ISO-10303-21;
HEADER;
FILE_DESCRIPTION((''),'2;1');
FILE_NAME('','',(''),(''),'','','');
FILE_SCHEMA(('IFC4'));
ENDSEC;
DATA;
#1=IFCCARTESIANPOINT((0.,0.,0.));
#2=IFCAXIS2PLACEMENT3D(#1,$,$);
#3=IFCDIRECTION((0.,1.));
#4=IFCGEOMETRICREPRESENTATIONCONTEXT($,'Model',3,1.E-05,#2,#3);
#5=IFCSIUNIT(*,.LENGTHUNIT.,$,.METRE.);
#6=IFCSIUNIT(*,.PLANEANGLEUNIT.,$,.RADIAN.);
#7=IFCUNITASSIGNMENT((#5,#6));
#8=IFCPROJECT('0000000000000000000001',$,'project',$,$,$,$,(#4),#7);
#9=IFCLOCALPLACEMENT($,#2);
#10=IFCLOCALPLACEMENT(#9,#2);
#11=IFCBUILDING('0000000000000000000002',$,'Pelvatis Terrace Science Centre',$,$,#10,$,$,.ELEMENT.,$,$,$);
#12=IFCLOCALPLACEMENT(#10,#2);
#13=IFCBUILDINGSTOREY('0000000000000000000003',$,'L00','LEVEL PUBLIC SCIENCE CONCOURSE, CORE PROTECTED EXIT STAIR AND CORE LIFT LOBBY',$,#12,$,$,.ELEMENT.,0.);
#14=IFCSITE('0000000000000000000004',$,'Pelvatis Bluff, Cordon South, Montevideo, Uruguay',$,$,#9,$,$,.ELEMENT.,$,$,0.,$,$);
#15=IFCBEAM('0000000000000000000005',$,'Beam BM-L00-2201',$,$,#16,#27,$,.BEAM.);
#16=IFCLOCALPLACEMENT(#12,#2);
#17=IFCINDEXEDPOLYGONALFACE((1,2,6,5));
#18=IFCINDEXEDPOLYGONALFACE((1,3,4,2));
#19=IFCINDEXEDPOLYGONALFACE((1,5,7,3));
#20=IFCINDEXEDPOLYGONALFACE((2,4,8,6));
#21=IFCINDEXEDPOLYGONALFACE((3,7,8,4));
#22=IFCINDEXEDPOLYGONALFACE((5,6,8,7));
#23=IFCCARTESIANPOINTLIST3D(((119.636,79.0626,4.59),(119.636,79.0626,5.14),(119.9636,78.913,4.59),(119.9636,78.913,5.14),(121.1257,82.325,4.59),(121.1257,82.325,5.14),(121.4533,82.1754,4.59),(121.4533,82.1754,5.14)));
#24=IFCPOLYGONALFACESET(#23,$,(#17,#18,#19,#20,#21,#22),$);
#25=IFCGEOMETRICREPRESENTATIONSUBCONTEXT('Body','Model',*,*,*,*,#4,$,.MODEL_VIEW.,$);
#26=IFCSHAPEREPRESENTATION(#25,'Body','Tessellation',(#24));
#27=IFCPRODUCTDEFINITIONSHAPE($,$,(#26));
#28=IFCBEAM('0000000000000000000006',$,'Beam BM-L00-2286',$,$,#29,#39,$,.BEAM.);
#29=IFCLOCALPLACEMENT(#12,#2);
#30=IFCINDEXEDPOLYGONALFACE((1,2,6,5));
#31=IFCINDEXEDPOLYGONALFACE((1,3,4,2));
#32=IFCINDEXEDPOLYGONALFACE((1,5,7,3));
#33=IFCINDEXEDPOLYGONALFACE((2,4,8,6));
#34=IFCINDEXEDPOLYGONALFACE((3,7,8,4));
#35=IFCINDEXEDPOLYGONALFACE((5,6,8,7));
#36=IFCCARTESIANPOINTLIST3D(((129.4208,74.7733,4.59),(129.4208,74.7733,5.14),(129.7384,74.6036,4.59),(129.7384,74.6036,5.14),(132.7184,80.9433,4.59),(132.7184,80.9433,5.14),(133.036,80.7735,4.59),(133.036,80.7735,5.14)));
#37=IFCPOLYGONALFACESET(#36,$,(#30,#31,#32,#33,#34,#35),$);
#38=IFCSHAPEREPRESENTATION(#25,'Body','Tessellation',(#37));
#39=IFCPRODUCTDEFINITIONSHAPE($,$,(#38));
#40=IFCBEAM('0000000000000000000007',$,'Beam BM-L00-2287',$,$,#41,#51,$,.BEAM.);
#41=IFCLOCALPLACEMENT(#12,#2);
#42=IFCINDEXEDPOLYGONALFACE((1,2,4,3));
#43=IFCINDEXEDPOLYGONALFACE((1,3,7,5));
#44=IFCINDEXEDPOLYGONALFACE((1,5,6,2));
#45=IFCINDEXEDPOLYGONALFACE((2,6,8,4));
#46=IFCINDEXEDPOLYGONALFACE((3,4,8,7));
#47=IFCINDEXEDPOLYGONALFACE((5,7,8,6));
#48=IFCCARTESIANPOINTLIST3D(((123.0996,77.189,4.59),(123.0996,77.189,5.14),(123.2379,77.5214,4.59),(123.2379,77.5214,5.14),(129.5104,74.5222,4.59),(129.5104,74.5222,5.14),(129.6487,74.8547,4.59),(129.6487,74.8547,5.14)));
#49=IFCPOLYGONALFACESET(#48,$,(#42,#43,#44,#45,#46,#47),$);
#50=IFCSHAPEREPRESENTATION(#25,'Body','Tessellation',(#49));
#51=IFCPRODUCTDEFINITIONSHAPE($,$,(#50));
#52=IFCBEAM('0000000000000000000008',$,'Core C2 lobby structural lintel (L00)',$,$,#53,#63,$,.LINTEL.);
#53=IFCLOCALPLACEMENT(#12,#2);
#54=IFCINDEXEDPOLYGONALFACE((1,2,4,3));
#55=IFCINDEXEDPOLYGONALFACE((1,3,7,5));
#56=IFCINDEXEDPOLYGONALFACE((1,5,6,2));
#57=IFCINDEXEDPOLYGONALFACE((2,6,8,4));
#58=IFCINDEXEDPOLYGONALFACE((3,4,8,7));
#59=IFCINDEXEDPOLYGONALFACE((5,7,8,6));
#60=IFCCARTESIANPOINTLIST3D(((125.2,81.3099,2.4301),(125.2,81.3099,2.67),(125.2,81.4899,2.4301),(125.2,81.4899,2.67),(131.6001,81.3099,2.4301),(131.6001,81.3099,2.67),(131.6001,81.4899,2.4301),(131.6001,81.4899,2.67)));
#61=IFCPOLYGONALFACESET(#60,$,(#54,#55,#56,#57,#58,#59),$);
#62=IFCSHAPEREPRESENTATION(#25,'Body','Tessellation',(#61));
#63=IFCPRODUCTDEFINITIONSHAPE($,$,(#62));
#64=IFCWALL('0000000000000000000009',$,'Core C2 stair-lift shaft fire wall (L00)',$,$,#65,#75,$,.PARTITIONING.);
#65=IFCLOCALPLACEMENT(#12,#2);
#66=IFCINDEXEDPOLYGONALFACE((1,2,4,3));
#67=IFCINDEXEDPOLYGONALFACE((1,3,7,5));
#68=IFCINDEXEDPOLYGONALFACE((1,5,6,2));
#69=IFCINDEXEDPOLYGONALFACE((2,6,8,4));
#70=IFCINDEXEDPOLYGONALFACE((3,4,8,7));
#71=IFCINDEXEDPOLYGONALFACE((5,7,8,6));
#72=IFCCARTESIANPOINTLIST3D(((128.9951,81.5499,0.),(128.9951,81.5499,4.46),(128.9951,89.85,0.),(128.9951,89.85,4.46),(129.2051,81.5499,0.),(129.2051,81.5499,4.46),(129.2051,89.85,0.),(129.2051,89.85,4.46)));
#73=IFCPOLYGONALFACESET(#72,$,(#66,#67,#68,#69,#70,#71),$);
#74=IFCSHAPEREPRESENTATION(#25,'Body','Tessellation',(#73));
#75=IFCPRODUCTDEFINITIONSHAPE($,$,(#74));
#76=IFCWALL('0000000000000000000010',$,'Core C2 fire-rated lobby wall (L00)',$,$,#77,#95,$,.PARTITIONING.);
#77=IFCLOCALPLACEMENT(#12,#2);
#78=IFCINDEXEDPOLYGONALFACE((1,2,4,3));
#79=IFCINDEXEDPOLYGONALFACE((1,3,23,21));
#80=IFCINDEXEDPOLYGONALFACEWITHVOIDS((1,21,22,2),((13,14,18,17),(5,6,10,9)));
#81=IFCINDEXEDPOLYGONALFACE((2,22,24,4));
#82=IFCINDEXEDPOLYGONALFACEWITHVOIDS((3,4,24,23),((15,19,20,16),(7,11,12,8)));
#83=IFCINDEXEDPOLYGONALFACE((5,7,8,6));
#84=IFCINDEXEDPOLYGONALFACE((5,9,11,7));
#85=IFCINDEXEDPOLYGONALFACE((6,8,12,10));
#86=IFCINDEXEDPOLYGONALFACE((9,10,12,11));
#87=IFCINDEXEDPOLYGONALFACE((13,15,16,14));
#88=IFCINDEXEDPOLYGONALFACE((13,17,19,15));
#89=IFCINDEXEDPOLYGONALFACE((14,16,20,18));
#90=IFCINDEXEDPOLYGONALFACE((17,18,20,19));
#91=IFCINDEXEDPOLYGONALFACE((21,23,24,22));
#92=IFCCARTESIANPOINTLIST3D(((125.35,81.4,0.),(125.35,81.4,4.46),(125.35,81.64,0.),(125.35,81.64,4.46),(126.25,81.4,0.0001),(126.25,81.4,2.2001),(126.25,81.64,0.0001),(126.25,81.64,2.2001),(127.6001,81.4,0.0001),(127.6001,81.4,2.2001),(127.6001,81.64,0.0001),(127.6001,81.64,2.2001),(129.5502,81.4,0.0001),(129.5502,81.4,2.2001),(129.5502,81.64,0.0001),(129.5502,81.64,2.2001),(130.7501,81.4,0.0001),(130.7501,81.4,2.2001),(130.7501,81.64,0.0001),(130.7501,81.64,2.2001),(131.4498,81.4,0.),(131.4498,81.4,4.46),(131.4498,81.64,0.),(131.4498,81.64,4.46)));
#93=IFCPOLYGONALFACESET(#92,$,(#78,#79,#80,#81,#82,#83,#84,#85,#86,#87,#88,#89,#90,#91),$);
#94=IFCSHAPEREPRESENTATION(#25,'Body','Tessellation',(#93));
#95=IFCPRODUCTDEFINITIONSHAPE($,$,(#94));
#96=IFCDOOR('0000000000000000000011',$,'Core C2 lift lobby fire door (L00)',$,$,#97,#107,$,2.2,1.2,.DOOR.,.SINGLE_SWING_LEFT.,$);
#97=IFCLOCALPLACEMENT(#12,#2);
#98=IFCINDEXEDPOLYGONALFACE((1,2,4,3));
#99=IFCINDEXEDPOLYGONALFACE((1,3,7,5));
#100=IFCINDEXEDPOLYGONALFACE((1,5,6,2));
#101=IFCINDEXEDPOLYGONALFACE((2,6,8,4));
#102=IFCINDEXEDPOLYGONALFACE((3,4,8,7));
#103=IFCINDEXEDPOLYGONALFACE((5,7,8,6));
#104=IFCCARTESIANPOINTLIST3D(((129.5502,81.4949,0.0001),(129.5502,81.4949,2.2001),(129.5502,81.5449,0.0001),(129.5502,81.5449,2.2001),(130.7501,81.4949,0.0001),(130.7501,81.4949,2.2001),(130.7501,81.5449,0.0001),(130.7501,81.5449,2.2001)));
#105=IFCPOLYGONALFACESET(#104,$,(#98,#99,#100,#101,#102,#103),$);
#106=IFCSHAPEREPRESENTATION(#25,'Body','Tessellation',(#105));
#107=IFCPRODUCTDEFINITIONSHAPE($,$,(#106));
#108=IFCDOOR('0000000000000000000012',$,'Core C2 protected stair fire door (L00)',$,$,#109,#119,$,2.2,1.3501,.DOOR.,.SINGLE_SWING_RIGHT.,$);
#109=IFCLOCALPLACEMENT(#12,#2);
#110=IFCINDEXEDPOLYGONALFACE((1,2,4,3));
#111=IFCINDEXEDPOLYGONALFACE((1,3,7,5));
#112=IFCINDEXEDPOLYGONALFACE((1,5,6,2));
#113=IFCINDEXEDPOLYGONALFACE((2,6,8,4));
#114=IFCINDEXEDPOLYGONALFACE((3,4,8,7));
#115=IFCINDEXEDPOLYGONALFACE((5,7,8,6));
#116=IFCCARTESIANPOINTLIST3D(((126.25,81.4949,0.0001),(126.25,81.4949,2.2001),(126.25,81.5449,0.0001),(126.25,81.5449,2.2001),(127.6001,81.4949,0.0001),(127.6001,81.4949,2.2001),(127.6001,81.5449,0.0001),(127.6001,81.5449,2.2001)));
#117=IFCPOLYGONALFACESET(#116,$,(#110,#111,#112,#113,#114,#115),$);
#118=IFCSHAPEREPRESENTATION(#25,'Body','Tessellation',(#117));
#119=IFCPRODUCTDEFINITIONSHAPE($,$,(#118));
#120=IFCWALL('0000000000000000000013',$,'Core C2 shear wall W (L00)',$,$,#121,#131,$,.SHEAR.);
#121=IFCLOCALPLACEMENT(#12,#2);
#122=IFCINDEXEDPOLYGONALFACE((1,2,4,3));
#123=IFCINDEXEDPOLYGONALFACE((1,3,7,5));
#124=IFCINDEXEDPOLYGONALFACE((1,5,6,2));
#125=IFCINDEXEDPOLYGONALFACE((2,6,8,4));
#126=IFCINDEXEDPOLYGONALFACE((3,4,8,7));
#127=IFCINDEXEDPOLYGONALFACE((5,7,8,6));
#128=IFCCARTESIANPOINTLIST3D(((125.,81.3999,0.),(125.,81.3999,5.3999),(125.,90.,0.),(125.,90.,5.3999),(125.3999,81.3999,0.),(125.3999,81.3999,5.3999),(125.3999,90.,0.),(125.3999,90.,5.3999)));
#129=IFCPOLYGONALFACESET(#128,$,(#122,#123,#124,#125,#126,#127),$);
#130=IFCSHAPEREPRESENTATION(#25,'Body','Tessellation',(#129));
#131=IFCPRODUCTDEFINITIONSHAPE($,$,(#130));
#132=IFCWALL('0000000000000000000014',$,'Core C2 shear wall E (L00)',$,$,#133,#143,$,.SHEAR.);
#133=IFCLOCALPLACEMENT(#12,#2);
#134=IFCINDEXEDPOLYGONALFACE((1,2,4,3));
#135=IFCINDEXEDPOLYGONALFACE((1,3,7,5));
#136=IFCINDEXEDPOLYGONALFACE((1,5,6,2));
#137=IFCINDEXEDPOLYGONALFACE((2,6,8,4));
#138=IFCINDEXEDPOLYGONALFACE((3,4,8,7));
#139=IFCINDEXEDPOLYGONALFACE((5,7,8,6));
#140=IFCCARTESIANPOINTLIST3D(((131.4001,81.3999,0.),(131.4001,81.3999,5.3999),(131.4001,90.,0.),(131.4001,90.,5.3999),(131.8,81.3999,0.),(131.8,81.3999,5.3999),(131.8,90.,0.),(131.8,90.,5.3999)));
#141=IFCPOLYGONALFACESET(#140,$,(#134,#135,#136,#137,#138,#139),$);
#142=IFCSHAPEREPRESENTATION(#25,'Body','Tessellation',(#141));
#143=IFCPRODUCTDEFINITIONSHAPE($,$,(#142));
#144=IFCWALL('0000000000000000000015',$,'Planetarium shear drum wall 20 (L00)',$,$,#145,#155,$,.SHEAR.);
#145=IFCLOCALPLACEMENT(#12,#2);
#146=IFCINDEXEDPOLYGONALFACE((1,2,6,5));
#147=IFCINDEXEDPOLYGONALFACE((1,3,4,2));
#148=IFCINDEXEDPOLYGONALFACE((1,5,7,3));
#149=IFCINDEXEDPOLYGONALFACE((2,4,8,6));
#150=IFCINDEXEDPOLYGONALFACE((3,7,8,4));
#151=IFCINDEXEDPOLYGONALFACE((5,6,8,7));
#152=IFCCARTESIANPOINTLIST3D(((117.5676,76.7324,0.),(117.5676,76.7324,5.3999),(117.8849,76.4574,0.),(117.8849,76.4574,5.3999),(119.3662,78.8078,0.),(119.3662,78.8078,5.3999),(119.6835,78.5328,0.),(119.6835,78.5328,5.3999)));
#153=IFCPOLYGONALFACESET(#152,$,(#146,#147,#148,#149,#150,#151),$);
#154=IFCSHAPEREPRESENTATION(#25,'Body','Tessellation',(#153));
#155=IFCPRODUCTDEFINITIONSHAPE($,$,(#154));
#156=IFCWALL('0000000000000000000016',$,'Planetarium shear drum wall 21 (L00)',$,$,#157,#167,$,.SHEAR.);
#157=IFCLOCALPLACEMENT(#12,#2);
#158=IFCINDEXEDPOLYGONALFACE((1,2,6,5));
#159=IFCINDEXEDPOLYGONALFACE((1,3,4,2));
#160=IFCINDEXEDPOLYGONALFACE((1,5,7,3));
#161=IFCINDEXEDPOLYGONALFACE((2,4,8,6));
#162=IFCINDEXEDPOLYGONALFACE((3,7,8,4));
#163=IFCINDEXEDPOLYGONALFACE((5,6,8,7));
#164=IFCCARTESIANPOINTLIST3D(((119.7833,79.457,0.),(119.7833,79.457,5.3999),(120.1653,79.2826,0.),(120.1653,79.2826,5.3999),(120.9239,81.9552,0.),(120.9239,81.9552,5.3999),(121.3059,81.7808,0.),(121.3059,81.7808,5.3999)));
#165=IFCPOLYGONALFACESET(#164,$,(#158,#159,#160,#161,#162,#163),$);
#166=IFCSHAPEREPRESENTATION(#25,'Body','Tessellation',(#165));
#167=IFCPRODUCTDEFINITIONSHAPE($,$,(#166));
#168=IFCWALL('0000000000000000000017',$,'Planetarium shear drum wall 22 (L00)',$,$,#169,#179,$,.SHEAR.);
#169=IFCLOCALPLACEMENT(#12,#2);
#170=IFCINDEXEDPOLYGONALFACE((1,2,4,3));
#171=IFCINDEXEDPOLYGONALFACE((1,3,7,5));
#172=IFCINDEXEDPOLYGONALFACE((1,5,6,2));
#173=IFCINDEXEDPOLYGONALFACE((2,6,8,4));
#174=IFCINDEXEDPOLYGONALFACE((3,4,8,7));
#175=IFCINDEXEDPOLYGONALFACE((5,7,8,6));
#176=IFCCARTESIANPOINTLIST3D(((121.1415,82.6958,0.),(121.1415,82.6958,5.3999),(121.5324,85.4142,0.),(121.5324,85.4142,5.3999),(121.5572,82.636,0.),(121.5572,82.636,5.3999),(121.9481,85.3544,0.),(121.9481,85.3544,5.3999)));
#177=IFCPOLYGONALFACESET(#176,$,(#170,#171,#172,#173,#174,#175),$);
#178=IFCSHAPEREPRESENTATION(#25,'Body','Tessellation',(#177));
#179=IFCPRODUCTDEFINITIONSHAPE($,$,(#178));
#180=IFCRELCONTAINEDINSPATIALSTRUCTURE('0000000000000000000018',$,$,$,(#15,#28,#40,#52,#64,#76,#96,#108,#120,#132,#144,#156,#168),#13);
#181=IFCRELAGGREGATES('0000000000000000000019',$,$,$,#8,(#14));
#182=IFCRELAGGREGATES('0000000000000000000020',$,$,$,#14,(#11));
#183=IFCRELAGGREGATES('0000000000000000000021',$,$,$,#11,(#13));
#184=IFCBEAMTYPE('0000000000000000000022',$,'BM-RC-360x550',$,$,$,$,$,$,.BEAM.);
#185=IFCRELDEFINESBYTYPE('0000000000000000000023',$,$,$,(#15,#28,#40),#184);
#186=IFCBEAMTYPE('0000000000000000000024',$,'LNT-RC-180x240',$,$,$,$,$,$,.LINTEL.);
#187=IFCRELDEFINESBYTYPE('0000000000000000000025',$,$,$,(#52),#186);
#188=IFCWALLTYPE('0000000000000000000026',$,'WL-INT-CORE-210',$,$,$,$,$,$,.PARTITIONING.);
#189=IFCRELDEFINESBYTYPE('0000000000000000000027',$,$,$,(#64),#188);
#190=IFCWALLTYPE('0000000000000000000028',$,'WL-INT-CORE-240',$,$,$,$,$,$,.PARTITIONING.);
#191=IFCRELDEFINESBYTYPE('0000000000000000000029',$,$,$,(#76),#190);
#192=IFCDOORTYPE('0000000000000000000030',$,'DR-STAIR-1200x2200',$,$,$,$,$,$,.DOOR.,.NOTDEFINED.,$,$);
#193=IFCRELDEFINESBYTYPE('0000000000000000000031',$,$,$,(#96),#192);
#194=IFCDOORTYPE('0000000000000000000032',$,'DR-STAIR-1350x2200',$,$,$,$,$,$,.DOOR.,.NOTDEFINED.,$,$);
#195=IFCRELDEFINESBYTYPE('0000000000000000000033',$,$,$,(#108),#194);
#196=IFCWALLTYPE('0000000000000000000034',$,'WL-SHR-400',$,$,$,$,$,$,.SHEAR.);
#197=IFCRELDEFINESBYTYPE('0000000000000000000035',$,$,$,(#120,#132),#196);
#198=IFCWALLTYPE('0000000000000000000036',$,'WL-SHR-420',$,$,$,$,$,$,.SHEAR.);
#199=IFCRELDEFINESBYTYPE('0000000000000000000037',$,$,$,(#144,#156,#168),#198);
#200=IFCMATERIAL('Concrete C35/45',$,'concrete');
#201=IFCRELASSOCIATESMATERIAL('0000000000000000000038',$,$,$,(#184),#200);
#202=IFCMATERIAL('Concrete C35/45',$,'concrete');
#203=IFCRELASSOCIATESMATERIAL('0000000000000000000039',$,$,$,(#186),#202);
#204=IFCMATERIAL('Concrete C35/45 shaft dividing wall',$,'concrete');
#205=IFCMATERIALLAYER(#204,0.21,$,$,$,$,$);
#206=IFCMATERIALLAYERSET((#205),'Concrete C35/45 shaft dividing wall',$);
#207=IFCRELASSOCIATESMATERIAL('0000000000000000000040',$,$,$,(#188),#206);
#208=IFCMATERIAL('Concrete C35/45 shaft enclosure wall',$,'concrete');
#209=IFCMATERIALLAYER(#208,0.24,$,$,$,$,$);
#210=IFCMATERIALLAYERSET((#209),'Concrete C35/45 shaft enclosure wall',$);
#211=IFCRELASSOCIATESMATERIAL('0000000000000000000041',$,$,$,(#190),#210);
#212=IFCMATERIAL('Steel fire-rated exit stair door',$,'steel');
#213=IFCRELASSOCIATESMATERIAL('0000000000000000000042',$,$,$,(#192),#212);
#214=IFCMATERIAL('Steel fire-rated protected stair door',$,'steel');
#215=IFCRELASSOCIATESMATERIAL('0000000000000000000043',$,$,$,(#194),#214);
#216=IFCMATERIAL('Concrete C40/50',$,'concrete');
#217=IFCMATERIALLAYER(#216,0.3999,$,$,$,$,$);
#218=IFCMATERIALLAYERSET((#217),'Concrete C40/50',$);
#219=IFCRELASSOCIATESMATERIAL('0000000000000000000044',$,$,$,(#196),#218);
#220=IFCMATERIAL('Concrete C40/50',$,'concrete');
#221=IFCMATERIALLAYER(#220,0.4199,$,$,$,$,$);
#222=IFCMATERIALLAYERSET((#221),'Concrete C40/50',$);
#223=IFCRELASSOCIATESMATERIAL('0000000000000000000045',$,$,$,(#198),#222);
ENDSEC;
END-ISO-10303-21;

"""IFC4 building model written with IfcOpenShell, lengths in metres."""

from ifc_helpers import new_model, si_unit, direction, frame, frame_2d, origin, origin_2d, place, context, subcontext, project, spatial, rectangle, extrude, material, layer, layer_set, material_profile, profile_set, type_object, element, fill, save


model = new_model("IFC4")

# Units and contexts
model_context = context("Model", 3, precision=1e-05, world=origin(), true_north=direction((0.0, 1.0)))
body_context = subcontext(model_context, "Body", "Model", "MODEL_VIEW")
ifc_project = project(units=[si_unit("LENGTHUNIT", "METRE"), si_unit("PLANEANGLEUNIT", "RADIAN")], contexts=[model_context])

# Site, building, storey
site_placement = place(None, origin())
site = spatial("IfcSite", under=ifc_project, at=site_placement, Name="Pelvatis Bluff, Cordon South, Montevideo, Uruguay", CompositionType="ELEMENT", RefElevation=0.0)
building_placement = place(site_placement, origin())
building = spatial("IfcBuilding", under=site, at=building_placement, Name="Pelvatis Terrace Science Centre", CompositionType="ELEMENT")
storey_placement = place(building_placement, origin())
storey = spatial("IfcBuildingStorey", under=building, at=storey_placement, Name="L00", Description="LEVEL PUBLIC SCIENCE CONCOURSE, CORE PROTECTED EXIT STAIR AND CORE LIFT LOBBY", CompositionType="ELEMENT", Elevation=0.0)

# Beams
ifc_material_1 = material(Name="Concrete C35/45", Category="concrete")
ifc_material_profile_1 = material_profile(ifc_material_1, rectangle(XDim=0.3601, YDim=0.55, at=origin_2d()), Name="RC-BM 360x550")
ifc_profile_set_1 = profile_set([ifc_material_profile_1], Name="Concrete C35/45")
beam_type_1 = type_object("IfcBeamType", Name="BM-RC-360x550", PredefinedType="BEAM", material=ifc_profile_set_1)
beam_1_placement = place(storey_placement, frame((119.7998, 78.9878, 4.865), z_axis=(0.415377, 0.909649, 0.0), x_axis=(-0.909649, 0.415377, 0.0)))
element("IfcBeam", 1, at=beam_1_placement, inside=storey, type_object=beam_type_1, Name="Beam BM-L00-2201", PredefinedType="BEAM", context=body_context, shape_type="SweptSolid", body=[
    extrude(rectangle(XDim=0.3601, YDim=0.55, at=origin_2d()), origin(), (0.0, 0.0, 1.0), 3.5864),
])
beam_2_placement = place(storey_placement, frame((129.5796, 74.6885, 4.865), z_axis=(0.471365, 0.881938, 0.0), x_axis=(-0.881938, 0.471365, 0.0)))
element("IfcBeam", 2, at=beam_2_placement, inside=storey, type_object=beam_type_1, Name="Beam BM-L00-2286", PredefinedType="BEAM", context=body_context, shape_type="SweptSolid", body=[
    extrude(rectangle(XDim=0.3601, YDim=0.55, at=origin_2d()), origin(), (0.0, 0.0, 1.0), 6.9958),
])
beam_3_placement = place(storey_placement, frame((129.5796, 74.6885, 4.865), z_axis=(-0.923305, 0.384069, 0.0), x_axis=(-0.384069, -0.923305, 0.0)))
element("IfcBeam", 3, at=beam_3_placement, inside=storey, type_object=beam_type_1, Name="Beam BM-L00-2287", PredefinedType="BEAM", context=body_context, shape_type="SweptSolid", body=[
    extrude(rectangle(XDim=0.3601, YDim=0.55, at=origin_2d()), origin(), (0.0, 0.0, 1.0), 6.9434),
])
ifc_material_2 = material(Name="Concrete C35/45", Category="concrete")
ifc_material_profile_2 = material_profile(ifc_material_2, rectangle(XDim=0.1799, YDim=0.24, at=origin_2d()), Name="RC-LNT 180x240")
ifc_profile_set_2 = profile_set([ifc_material_profile_2], Name="Concrete C35/45")
beam_type_2 = type_object("IfcBeamType", Name="LNT-RC-180x240", PredefinedType="LINTEL", material=ifc_profile_set_2)
beam_4_placement = place(storey_placement, frame((125.2, 81.3999, 2.55), z_axis=(1.0, 0.0, 0.0), x_axis=(0.0, 1.0, 0.0)))
element("IfcBeam", 4, at=beam_4_placement, inside=storey, type_object=beam_type_2, Name="Core C2 lobby structural lintel (L00)", PredefinedType="LINTEL", context=body_context, shape_type="SweptSolid", body=[
    extrude(rectangle(XDim=0.1799, YDim=0.24, at=origin_2d()), origin(), (0.0, 0.0, 1.0), 6.4001),
])

# Wall
ifc_material_3 = material(Name="Concrete C35/45 shaft dividing wall", Category="concrete")
ifc_layer_1 = layer(ifc_material_3, 0.21)
ifc_layer_set_1 = layer_set([ifc_layer_1], Name="Concrete C35/45 shaft dividing wall")
wall_type_1 = type_object("IfcWallType", Name="WL-INT-CORE-210", PredefinedType="PARTITIONING", material=ifc_layer_set_1)
wall_1_placement = place(storey_placement, frame((129.1001, 81.55, 0.0), z_axis=(0.0, 0.0, 1.0), x_axis=(0.0, 1.0, 0.0)))
element("IfcWall", 5, at=wall_1_placement, inside=storey, type_object=wall_type_1, Name="Core C2 stair-lift shaft fire wall (L00)", PredefinedType="PARTITIONING", context=body_context, shape_type="SweptSolid", body=[
    extrude(rectangle(XDim=8.3, YDim=0.21, at=frame_2d((4.1499, 0.0))), origin(), (0.0, 0.0, 1.0), 4.46),
])

# Wall, openings, doors
ifc_material_4 = material(Name="Concrete C35/45 shaft enclosure wall", Category="concrete")
ifc_layer_2 = layer(ifc_material_4, 0.24)
ifc_layer_set_2 = layer_set([ifc_layer_2], Name="Concrete C35/45 shaft enclosure wall")
wall_type_2 = type_object("IfcWallType", Name="WL-INT-CORE-240", PredefinedType="PARTITIONING", material=ifc_layer_set_2)
wall_2_placement = place(storey_placement, frame((125.3501, 81.52, 0.0), z_axis=(0.0, 0.0, 1.0), x_axis=(1.0, 0.0, 0.0)))
wall_2 = element("IfcWall", 6, at=wall_2_placement, inside=storey, type_object=wall_type_2, Name="Core C2 fire-rated lobby wall (L00)", PredefinedType="PARTITIONING", context=body_context, shape_type="SweptSolid", body=[
    extrude(rectangle(XDim=6.0999, YDim=0.24, at=frame_2d((3.0498, 0.0))), origin(), (0.0, 0.0, 1.0), 4.46),
])
opening_1_placement = place(wall_2_placement, frame((0.8999, 0.0, 0.0)))
opening_1 = element("IfcOpeningElement", 7, at=opening_1_placement, cuts=wall_2, PredefinedType="OPENING", context=body_context, shape_type="SweptSolid", body=[
    extrude(rectangle(XDim=1.3501, YDim=2.2, at=frame_2d((0.675, 1.1001))), frame((0.0, 0.1299, 0.0), z_axis=(0.0, -1.0, 0.0), x_axis=(1.0, 0.0, 0.0)), (0.0, 0.0, 1.0), 0.26),
])
opening_2_placement = place(wall_2_placement, frame((4.2, 0.0, 0.0)))
opening_2 = element("IfcOpeningElement", 8, at=opening_2_placement, cuts=wall_2, PredefinedType="OPENING", context=body_context, shape_type="SweptSolid", body=[
    extrude(rectangle(XDim=1.2, YDim=2.2, at=frame_2d((0.6001, 1.1001))), frame((0.0, 0.1299, 0.0), z_axis=(0.0, -1.0, 0.0), x_axis=(1.0, 0.0, 0.0)), (0.0, 0.0, 1.0), 0.26),
])
ifc_material_5 = material(Name="Steel fire-rated exit stair door", Category="steel")
door_type_1 = type_object("IfcDoorType", Name="DR-STAIR-1200x2200", OperationType="NOTDEFINED", PredefinedType="DOOR", material=ifc_material_5)
door_1_placement = place(opening_2_placement, origin())
door_1 = element("IfcDoor", 9, at=door_1_placement, inside=storey, type_object=door_type_1, Name="Core C2 lift lobby fire door (L00)", OperationType="SINGLE_SWING_LEFT", OverallHeight=2.2, OverallWidth=1.2, PredefinedType="DOOR", context=body_context, shape_type="SweptSolid", body=[
    extrude(rectangle(XDim=1.2, YDim=2.2, at=frame_2d((0.6001, 1.1001))), frame((0.0, 0.0249, 0.0), z_axis=(0.0, -1.0, 0.0), x_axis=(1.0, 0.0, 0.0)), (0.0, 0.0, 1.0), 0.05),
])
fill(opening_2, door_1)
ifc_material_6 = material(Name="Steel fire-rated protected stair door", Category="steel")
door_type_2 = type_object("IfcDoorType", Name="DR-STAIR-1350x2200", OperationType="NOTDEFINED", PredefinedType="DOOR", material=ifc_material_6)
door_2_placement = place(opening_1_placement, origin())
door_2 = element("IfcDoor", 10, at=door_2_placement, inside=storey, type_object=door_type_2, Name="Core C2 protected stair fire door (L00)", OperationType="SINGLE_SWING_RIGHT", OverallHeight=2.2, OverallWidth=1.3501, PredefinedType="DOOR", context=body_context, shape_type="SweptSolid", body=[
    extrude(rectangle(XDim=1.3501, YDim=2.2, at=frame_2d((0.675, 1.1001))), frame((0.0, 0.0249, 0.0), z_axis=(0.0, -1.0, 0.0), x_axis=(1.0, 0.0, 0.0)), (0.0, 0.0, 1.0), 0.05),
])
fill(opening_1, door_2)

# Walls
ifc_material_7 = material(Name="Concrete C40/50", Category="concrete")
ifc_layer_3 = layer(ifc_material_7, 0.3999)
ifc_layer_set_3 = layer_set([ifc_layer_3], Name="Concrete C40/50")
wall_type_3 = type_object("IfcWallType", Name="WL-SHR-400", PredefinedType="SHEAR", material=ifc_layer_set_3)
for number, where, z_axis, x_axis, name in (
    (11, (125.2, 81.3999, 0.0), (0.0, 0.0, 1.0), (0.0, 1.0, 0.0), "Core C2 shear wall W (L00)"),
    (12, (131.6001, 81.3999, 0.0), (0.0, 0.0, 1.0), (0.0, 1.0, 0.0), "Core C2 shear wall E (L00)"),
):
    element("IfcWall", number, at=place(storey_placement, frame(where, z_axis=z_axis, x_axis=x_axis)), inside=storey, type_object=wall_type_3, Name=name, PredefinedType="SHEAR", context=body_context, shape_type="SweptSolid", body=[
        extrude(rectangle(XDim=8.6001, YDim=0.3999, at=frame_2d((4.3, 0.0))), origin(), (0.0, 0.0, 1.0), 5.3999),
    ])
ifc_material_8 = material(Name="Concrete C40/50", Category="concrete")
ifc_layer_4 = layer(ifc_material_8, 0.4199)
ifc_layer_set_4 = layer_set([ifc_layer_4], Name="Concrete C40/50")
wall_type_4 = type_object("IfcWallType", Name="WL-SHR-420", PredefinedType="SHEAR", material=ifc_layer_set_4)
for number, where, z_axis, x_axis, name in (
    (13, (117.7263, 76.595, 0.0), (0.0, 0.0, 1.0), (0.654903, 0.755713, 0.0), "Planetarium shear drum wall 20 (L00)"),
    (14, (119.9744, 79.3699, 0.0), (0.0, 0.0, 1.0), (0.415323, 0.909674, 0.0), "Planetarium shear drum wall 21 (L00)"),
    (15, (121.3494, 82.666, 0.0), (0.0, 0.0, 1.0), (0.14233, 0.989819, 0.0), "Planetarium shear drum wall 22 (L00)"),
):
    element("IfcWall", number, at=place(storey_placement, frame(where, z_axis=z_axis, x_axis=x_axis)), inside=storey, type_object=wall_type_4, Name=name, PredefinedType="SHEAR", context=body_context, shape_type="SweptSolid", body=[
        extrude(rectangle(XDim=2.7463, YDim=0.4199, at=frame_2d((1.373, 0.0))), origin(), (0.0, 0.0, 1.0), 5.3999),
    ])

save(model, "model.ifc")
